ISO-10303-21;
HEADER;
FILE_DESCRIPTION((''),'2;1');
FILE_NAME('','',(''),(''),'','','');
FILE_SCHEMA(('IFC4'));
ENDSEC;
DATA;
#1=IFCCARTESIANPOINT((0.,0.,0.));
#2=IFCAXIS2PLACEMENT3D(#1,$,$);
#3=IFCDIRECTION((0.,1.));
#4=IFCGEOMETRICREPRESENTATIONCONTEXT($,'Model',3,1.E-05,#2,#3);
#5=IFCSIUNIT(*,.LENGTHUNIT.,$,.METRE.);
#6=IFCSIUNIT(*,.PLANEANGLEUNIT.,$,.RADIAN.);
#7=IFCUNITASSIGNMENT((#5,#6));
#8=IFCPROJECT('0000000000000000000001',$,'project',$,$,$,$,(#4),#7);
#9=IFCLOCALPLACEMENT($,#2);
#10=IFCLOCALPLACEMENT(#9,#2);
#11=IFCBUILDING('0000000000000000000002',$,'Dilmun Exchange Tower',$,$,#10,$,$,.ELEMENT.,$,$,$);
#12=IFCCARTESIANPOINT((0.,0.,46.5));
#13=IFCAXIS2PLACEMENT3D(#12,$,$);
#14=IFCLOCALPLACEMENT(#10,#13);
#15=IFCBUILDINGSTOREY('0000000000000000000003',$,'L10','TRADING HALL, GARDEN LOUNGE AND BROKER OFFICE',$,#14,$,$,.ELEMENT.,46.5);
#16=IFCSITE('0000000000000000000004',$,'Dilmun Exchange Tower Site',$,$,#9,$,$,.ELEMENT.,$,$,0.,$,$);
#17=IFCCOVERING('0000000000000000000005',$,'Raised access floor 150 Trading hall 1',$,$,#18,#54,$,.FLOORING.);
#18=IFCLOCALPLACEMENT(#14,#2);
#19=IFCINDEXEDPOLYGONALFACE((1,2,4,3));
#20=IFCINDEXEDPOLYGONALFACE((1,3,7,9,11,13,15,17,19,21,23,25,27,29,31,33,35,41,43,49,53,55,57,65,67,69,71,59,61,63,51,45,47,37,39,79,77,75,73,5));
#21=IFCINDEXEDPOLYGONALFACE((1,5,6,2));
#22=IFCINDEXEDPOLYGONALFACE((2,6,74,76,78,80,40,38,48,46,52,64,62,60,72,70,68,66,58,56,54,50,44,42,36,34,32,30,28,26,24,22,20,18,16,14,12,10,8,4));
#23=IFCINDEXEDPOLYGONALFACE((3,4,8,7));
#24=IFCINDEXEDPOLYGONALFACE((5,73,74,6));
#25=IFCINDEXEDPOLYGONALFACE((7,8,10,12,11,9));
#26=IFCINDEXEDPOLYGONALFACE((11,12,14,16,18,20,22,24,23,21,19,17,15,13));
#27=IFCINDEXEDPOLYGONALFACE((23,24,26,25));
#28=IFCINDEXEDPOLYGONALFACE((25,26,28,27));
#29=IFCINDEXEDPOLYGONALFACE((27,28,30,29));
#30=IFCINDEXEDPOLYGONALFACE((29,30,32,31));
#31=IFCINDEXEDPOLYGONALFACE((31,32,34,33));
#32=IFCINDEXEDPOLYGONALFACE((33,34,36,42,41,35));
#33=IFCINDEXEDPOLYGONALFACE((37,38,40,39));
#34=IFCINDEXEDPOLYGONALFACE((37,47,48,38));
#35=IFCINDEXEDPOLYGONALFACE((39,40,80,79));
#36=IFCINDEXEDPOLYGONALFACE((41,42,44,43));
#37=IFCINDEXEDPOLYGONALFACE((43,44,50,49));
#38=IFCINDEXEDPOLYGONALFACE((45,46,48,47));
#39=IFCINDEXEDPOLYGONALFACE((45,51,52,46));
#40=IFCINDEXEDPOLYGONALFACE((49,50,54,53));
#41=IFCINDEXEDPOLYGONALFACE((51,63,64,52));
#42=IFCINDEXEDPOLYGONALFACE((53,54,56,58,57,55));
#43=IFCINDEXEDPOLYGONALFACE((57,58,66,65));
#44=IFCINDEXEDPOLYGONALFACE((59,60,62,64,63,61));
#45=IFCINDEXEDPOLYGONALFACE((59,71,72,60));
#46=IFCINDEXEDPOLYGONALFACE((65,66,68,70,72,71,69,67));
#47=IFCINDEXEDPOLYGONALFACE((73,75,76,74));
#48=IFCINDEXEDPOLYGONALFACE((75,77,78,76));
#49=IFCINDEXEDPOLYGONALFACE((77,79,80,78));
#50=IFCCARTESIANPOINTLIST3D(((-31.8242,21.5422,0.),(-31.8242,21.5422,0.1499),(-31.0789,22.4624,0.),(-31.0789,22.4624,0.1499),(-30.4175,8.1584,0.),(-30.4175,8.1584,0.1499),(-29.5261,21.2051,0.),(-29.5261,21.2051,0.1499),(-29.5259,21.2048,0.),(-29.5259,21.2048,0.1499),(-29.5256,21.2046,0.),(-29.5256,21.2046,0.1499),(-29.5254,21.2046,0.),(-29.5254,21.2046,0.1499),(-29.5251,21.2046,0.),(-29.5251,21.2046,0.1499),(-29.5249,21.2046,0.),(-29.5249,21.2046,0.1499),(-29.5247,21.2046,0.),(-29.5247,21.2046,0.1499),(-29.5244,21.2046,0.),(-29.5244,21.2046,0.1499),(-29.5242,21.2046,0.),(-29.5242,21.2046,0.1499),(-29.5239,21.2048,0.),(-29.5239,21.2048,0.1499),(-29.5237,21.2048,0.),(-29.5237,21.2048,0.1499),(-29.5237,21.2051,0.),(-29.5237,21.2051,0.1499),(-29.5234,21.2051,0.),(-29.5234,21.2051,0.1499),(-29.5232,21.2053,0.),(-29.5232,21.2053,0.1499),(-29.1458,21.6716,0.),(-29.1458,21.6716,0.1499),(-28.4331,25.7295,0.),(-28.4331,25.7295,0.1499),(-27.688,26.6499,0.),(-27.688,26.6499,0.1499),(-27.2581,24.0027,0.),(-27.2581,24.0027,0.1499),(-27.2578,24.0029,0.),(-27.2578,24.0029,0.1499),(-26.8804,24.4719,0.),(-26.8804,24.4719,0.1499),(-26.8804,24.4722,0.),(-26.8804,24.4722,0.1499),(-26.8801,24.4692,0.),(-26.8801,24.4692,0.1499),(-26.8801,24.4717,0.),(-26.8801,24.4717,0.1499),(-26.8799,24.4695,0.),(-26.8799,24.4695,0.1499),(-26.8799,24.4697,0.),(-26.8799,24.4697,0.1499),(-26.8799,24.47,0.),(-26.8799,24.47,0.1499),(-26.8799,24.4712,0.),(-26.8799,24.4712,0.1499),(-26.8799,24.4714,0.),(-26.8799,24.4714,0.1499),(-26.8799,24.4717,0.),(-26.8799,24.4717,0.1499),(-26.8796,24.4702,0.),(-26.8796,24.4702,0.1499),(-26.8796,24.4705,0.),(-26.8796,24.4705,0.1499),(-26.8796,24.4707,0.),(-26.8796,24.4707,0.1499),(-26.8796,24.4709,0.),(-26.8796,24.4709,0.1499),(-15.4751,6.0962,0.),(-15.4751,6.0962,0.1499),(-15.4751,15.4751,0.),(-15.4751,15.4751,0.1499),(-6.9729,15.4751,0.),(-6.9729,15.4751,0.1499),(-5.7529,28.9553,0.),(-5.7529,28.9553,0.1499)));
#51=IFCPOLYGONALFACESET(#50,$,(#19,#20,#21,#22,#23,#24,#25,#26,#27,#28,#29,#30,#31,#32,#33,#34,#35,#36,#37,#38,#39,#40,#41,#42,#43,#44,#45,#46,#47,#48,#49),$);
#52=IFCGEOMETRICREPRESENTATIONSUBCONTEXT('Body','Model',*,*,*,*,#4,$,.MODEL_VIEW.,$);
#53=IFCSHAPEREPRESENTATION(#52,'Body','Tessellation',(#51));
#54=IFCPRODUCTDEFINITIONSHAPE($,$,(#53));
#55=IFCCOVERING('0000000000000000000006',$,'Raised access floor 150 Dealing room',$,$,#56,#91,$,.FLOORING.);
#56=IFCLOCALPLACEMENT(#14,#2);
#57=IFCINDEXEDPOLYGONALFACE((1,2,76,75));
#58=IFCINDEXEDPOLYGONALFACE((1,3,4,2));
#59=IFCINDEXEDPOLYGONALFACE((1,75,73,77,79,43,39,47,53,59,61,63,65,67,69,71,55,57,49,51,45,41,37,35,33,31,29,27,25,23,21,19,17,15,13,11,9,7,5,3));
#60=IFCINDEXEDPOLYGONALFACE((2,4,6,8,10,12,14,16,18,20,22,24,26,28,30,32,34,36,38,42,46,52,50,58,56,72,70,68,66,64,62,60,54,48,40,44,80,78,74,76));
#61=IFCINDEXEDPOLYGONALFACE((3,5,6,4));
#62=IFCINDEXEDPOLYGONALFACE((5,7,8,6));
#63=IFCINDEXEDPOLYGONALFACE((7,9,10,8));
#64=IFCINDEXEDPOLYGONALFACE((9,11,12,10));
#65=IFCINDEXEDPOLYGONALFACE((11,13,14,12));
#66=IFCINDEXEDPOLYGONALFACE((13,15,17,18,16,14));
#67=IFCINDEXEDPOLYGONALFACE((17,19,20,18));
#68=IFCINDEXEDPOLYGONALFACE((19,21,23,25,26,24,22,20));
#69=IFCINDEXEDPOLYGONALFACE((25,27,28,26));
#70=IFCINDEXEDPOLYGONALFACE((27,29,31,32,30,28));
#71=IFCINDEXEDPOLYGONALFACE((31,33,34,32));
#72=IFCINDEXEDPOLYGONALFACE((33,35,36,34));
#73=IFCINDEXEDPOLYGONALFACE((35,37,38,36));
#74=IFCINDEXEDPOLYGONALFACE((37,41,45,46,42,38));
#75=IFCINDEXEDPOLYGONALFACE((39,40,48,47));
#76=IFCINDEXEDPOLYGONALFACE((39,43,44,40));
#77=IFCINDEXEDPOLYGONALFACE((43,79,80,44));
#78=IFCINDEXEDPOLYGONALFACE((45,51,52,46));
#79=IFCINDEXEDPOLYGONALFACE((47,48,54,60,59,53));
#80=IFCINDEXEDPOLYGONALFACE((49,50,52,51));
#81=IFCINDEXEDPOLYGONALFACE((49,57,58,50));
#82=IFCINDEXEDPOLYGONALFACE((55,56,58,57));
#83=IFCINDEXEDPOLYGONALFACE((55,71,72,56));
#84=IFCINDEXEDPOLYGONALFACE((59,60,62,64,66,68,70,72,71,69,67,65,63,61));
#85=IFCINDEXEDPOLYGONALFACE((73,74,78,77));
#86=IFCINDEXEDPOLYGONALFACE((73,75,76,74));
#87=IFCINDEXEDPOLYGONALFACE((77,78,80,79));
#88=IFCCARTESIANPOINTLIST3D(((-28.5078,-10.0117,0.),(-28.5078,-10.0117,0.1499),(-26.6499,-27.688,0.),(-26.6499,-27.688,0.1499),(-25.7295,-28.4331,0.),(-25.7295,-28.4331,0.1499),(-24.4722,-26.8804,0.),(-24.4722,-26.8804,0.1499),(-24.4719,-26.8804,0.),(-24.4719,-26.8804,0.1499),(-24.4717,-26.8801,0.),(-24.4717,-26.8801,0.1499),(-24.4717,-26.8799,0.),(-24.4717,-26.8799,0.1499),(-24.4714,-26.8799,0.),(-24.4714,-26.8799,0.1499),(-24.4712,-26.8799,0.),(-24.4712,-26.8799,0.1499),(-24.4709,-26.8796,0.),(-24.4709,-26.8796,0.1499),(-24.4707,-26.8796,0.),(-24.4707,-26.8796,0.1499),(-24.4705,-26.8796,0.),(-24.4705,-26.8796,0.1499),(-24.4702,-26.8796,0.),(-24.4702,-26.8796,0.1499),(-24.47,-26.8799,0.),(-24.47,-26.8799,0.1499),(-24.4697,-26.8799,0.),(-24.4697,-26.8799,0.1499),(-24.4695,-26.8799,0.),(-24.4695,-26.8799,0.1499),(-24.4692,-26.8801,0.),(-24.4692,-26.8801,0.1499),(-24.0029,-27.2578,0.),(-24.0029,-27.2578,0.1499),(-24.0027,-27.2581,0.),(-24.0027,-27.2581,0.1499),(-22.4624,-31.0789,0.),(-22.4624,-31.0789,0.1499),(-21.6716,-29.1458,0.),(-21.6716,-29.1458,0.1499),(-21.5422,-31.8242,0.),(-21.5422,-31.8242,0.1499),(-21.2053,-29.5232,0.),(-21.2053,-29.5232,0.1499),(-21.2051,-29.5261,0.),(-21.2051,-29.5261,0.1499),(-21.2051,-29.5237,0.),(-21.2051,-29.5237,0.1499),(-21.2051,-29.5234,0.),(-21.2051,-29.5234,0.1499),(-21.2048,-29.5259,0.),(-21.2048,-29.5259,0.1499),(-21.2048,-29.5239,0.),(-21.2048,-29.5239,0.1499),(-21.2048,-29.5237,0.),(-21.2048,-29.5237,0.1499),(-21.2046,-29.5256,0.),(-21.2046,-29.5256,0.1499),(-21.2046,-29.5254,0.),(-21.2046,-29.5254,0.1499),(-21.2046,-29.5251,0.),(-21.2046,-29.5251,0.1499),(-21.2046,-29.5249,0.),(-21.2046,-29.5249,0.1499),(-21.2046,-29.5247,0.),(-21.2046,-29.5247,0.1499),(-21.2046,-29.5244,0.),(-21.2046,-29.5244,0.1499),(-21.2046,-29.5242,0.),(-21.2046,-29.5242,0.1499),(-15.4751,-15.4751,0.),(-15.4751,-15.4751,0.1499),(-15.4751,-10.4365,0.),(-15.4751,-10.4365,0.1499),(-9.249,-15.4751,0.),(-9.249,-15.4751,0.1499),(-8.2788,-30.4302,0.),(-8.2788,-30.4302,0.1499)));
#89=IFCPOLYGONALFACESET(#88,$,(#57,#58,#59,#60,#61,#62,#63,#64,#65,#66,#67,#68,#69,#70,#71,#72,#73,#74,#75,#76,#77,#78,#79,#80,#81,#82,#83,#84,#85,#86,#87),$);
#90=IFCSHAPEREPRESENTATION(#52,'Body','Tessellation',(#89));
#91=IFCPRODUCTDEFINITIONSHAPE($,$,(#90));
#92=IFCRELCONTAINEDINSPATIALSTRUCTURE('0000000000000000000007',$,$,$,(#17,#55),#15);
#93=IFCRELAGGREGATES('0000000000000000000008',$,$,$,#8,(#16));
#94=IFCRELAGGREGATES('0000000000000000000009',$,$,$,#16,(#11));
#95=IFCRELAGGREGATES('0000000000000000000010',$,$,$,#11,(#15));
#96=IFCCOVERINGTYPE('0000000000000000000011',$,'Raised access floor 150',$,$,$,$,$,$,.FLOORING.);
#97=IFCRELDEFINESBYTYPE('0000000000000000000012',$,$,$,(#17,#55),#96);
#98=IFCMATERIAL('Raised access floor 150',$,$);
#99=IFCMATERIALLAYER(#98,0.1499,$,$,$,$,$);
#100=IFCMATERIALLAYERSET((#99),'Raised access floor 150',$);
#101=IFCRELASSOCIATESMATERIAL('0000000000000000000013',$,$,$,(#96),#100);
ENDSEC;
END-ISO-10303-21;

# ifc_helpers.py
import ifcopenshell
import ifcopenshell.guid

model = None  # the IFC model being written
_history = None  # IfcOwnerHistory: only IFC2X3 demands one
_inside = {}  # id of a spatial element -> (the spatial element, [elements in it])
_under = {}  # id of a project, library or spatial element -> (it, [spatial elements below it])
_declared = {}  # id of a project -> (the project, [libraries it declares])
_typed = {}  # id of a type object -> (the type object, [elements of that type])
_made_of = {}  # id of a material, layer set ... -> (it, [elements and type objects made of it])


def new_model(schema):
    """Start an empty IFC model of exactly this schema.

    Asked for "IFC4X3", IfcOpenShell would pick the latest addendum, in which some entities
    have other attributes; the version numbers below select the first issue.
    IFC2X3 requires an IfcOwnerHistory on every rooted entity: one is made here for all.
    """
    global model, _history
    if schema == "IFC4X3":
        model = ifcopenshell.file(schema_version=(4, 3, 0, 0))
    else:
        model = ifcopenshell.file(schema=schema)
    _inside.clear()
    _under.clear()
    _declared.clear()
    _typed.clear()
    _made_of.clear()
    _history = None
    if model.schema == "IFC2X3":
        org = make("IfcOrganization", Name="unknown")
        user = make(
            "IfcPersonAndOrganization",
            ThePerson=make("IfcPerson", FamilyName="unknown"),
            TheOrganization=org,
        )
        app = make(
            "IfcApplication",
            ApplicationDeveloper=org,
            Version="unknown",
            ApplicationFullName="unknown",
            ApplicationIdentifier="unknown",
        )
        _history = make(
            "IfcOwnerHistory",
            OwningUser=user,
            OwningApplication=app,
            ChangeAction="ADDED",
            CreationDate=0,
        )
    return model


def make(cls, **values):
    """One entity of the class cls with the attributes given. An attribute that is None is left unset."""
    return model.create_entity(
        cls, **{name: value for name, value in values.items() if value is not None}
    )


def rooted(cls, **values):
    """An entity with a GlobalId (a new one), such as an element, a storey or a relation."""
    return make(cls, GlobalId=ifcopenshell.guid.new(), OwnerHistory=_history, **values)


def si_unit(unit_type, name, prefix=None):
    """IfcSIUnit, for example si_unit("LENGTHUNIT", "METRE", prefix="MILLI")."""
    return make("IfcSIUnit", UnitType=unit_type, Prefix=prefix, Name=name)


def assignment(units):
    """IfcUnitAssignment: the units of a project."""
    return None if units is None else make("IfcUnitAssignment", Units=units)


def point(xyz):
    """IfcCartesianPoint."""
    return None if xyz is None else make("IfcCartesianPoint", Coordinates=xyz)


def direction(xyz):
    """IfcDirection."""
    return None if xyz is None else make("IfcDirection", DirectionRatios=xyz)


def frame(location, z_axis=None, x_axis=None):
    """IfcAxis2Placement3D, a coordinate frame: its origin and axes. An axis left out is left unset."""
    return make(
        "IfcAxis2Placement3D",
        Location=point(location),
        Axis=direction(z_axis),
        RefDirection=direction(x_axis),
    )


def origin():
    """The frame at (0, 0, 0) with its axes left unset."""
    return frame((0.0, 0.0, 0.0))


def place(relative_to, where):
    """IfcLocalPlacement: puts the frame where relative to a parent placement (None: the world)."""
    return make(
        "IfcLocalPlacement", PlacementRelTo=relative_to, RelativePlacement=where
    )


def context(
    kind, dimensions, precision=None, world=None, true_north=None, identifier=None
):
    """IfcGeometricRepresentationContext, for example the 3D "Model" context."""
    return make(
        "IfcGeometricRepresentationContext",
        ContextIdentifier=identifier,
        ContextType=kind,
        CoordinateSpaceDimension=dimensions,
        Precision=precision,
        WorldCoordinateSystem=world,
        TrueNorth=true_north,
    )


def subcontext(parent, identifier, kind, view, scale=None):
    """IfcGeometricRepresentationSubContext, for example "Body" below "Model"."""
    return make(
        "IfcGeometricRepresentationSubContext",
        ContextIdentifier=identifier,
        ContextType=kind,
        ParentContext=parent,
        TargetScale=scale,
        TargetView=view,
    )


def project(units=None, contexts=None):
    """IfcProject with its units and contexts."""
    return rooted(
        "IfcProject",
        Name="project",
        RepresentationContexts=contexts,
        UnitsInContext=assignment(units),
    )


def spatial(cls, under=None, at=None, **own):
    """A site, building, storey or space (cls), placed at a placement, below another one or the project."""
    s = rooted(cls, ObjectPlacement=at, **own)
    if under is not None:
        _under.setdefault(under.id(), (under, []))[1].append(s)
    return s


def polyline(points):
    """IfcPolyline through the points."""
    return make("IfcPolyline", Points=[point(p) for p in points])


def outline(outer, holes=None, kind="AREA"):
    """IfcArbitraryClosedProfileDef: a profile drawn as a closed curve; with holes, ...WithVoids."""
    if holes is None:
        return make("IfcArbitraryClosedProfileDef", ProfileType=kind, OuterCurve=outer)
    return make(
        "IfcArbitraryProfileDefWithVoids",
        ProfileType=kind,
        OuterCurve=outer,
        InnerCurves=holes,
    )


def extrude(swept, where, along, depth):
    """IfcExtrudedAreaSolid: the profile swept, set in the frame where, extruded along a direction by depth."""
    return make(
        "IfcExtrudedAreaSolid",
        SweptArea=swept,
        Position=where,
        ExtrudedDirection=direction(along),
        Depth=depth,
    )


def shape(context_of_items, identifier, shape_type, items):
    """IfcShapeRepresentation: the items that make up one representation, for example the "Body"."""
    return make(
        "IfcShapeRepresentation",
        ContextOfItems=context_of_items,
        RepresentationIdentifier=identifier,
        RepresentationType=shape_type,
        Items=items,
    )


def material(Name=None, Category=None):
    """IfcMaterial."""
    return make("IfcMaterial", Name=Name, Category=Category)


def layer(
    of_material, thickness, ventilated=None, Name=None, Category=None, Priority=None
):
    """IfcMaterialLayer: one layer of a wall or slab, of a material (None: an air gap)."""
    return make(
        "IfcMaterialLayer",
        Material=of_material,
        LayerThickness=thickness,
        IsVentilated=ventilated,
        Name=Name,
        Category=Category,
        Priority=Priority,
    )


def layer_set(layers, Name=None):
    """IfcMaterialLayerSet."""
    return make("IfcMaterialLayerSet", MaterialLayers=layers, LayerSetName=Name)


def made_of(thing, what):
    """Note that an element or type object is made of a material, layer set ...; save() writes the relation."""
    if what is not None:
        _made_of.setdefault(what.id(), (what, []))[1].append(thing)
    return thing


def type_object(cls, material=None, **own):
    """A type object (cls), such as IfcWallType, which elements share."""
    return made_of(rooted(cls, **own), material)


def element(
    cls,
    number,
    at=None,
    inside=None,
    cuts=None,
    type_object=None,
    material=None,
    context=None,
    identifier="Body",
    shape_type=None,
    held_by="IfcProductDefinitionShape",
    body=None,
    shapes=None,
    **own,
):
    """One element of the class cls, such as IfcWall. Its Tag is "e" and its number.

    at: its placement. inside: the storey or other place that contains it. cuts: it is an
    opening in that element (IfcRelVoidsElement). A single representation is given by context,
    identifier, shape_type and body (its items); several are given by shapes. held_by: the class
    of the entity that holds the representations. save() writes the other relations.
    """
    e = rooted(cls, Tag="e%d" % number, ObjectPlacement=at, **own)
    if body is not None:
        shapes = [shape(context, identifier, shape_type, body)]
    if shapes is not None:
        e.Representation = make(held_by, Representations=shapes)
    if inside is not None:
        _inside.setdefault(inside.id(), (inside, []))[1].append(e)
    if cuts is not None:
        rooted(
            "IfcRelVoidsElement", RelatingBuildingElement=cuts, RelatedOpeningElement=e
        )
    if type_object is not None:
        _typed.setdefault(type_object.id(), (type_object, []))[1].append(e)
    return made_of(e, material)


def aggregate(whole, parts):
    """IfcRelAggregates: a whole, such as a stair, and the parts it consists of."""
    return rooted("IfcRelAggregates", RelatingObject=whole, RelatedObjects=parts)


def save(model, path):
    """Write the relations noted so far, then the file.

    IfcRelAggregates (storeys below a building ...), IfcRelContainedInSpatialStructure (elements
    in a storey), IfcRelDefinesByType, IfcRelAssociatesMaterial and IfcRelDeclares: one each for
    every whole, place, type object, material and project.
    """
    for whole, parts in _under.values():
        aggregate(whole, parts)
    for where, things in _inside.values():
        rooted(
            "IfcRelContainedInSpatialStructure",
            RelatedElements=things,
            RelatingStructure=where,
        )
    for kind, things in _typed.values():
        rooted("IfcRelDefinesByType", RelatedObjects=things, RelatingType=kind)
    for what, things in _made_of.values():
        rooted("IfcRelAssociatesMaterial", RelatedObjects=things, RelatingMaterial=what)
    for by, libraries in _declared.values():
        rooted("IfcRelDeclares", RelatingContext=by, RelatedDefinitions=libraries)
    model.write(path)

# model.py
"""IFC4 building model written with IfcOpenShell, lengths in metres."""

from ifc_helpers import new_model, si_unit, direction, frame, origin, place, context, subcontext, project, spatial, polyline, outline, extrude, material, layer, layer_set, type_object, element, save


model = new_model("IFC4")

# Units and contexts
model_context = context("Model", 3, precision=1e-05, world=origin(), true_north=direction((0.0, 1.0)))
body_context = subcontext(model_context, "Body", "Model", "MODEL_VIEW")
ifc_project = project(units=[si_unit("LENGTHUNIT", "METRE"), si_unit("PLANEANGLEUNIT", "RADIAN")], contexts=[model_context])

# Site, building, storey
site_placement = place(None, origin())
site = spatial("IfcSite", under=ifc_project, at=site_placement, Name="Dilmun Exchange Tower Site", CompositionType="ELEMENT", RefElevation=0.0)
building_placement = place(site_placement, origin())
building = spatial("IfcBuilding", under=site, at=building_placement, Name="Dilmun Exchange Tower", CompositionType="ELEMENT")
storey_placement = place(building_placement, frame((0.0, 0.0, 46.5)))
storey = spatial("IfcBuildingStorey", under=building, at=storey_placement, Name="L10", Description="TRADING HALL, GARDEN LOUNGE AND BROKER OFFICE", CompositionType="ELEMENT", Elevation=46.5)

# Coverings
ifc_material_1 = material(Name="Raised access floor 150")
ifc_layer_1 = layer(ifc_material_1, 0.1499)
ifc_layer_set_1 = layer_set([ifc_layer_1], Name="Raised access floor 150")
covering_type_1 = type_object("IfcCoveringType", Name="Raised access floor 150", PredefinedType="FLOORING", material=ifc_layer_set_1)
covering_1_placement = place(storey_placement, origin())
element("IfcCovering", 1, at=covering_1_placement, inside=storey, type_object=covering_type_1, Name="Raised access floor 150 Trading hall 1", PredefinedType="FLOORING", context=body_context, shape_type="SweptSolid", body=[
    extrude(outline(polyline([(-6.9729, 15.4751), (-15.4751, 15.4751), (-15.4751, 6.0962), (-30.4175, 8.1584), (-31.8242, 21.5422), (-31.0789, 22.4624), (-29.5261, 21.2051), (-29.5259, 21.2048), (-29.5259, 21.2048), (-29.5256, 21.2046), (-29.5254, 21.2046), (-29.5254, 21.2046), (-29.5251, 21.2046), (-29.5249, 21.2046), (-29.5247, 21.2046), (-29.5244, 21.2046), (-29.5244, 21.2046), (-29.5242, 21.2046), (-29.5239, 21.2048), (-29.5237, 21.2048), (-29.5237, 21.2051), (-29.5234, 21.2051), (-29.5232, 21.2053), (-29.1458, 21.6716), (-29.1458, 21.6716), (-27.2581, 24.0027), (-27.2581, 24.0027), (-27.2578, 24.0029), (-27.2578, 24.0029), (-26.8801, 24.4692), (-26.8799, 24.4695), (-26.8799, 24.4695), (-26.8799, 24.4697), (-26.8799, 24.47), (-26.8796, 24.4702), (-26.8796, 24.4705), (-26.8796, 24.4707), (-26.8796, 24.4707), (-26.8796, 24.4709), (-26.8799, 24.4712), (-26.8799, 24.4712), (-26.8799, 24.4714), (-26.8799, 24.4717), (-26.8801, 24.4717), (-26.8804, 24.4719), (-26.8804, 24.4722), (-28.4331, 25.7295), (-27.688, 26.6499), (-5.7529, 28.9553), (-6.9729, 15.4751)])), origin(), (0.0, 0.0, 1.0), 0.1499),
])
covering_2_placement = place(storey_placement, origin())
element("IfcCovering", 2, at=covering_2_placement, inside=storey, type_object=covering_type_1, Name="Raised access floor 150 Dealing room", PredefinedType="FLOORING", context=body_context, shape_type="SweptSolid", body=[
    extrude(outline(polyline([(-15.4751, -10.4365), (-15.4751, -15.4751), (-9.249, -15.4751), (-8.2788, -30.4302), (-21.5422, -31.8242), (-22.4624, -31.0789), (-21.2051, -29.5261), (-21.2048, -29.5259), (-21.2048, -29.5259), (-21.2046, -29.5256), (-21.2046, -29.5254), (-21.2046, -29.5254), (-21.2046, -29.5251), (-21.2046, -29.5249), (-21.2046, -29.5247), (-21.2046, -29.5244), (-21.2046, -29.5244), (-21.2046, -29.5242), (-21.2048, -29.5239), (-21.2048, -29.5237), (-21.2051, -29.5237), (-21.2051, -29.5234), (-21.2053, -29.5232), (-21.6716, -29.1458), (-21.6716, -29.1458), (-24.0027, -27.2581), (-24.0027, -27.2581), (-24.0029, -27.2578), (-24.0029, -27.2578), (-24.4692, -26.8801), (-24.4695, -26.8799), (-24.4695, -26.8799), (-24.4697, -26.8799), (-24.47, -26.8799), (-24.4702, -26.8796), (-24.4705, -26.8796), (-24.4707, -26.8796), (-24.4707, -26.8796), (-24.4709, -26.8796), (-24.4712, -26.8799), (-24.4712, -26.8799), (-24.4714, -26.8799), (-24.4717, -26.8799), (-24.4717, -26.8801), (-24.4719, -26.8804), (-24.4722, -26.8804), (-25.7295, -28.4331), (-26.6499, -27.688), (-28.5078, -10.0117), (-15.4751, -10.4365)])), origin(), (0.0, 0.0, 1.0), 0.1499),
])

save(model, "model.ifc")
